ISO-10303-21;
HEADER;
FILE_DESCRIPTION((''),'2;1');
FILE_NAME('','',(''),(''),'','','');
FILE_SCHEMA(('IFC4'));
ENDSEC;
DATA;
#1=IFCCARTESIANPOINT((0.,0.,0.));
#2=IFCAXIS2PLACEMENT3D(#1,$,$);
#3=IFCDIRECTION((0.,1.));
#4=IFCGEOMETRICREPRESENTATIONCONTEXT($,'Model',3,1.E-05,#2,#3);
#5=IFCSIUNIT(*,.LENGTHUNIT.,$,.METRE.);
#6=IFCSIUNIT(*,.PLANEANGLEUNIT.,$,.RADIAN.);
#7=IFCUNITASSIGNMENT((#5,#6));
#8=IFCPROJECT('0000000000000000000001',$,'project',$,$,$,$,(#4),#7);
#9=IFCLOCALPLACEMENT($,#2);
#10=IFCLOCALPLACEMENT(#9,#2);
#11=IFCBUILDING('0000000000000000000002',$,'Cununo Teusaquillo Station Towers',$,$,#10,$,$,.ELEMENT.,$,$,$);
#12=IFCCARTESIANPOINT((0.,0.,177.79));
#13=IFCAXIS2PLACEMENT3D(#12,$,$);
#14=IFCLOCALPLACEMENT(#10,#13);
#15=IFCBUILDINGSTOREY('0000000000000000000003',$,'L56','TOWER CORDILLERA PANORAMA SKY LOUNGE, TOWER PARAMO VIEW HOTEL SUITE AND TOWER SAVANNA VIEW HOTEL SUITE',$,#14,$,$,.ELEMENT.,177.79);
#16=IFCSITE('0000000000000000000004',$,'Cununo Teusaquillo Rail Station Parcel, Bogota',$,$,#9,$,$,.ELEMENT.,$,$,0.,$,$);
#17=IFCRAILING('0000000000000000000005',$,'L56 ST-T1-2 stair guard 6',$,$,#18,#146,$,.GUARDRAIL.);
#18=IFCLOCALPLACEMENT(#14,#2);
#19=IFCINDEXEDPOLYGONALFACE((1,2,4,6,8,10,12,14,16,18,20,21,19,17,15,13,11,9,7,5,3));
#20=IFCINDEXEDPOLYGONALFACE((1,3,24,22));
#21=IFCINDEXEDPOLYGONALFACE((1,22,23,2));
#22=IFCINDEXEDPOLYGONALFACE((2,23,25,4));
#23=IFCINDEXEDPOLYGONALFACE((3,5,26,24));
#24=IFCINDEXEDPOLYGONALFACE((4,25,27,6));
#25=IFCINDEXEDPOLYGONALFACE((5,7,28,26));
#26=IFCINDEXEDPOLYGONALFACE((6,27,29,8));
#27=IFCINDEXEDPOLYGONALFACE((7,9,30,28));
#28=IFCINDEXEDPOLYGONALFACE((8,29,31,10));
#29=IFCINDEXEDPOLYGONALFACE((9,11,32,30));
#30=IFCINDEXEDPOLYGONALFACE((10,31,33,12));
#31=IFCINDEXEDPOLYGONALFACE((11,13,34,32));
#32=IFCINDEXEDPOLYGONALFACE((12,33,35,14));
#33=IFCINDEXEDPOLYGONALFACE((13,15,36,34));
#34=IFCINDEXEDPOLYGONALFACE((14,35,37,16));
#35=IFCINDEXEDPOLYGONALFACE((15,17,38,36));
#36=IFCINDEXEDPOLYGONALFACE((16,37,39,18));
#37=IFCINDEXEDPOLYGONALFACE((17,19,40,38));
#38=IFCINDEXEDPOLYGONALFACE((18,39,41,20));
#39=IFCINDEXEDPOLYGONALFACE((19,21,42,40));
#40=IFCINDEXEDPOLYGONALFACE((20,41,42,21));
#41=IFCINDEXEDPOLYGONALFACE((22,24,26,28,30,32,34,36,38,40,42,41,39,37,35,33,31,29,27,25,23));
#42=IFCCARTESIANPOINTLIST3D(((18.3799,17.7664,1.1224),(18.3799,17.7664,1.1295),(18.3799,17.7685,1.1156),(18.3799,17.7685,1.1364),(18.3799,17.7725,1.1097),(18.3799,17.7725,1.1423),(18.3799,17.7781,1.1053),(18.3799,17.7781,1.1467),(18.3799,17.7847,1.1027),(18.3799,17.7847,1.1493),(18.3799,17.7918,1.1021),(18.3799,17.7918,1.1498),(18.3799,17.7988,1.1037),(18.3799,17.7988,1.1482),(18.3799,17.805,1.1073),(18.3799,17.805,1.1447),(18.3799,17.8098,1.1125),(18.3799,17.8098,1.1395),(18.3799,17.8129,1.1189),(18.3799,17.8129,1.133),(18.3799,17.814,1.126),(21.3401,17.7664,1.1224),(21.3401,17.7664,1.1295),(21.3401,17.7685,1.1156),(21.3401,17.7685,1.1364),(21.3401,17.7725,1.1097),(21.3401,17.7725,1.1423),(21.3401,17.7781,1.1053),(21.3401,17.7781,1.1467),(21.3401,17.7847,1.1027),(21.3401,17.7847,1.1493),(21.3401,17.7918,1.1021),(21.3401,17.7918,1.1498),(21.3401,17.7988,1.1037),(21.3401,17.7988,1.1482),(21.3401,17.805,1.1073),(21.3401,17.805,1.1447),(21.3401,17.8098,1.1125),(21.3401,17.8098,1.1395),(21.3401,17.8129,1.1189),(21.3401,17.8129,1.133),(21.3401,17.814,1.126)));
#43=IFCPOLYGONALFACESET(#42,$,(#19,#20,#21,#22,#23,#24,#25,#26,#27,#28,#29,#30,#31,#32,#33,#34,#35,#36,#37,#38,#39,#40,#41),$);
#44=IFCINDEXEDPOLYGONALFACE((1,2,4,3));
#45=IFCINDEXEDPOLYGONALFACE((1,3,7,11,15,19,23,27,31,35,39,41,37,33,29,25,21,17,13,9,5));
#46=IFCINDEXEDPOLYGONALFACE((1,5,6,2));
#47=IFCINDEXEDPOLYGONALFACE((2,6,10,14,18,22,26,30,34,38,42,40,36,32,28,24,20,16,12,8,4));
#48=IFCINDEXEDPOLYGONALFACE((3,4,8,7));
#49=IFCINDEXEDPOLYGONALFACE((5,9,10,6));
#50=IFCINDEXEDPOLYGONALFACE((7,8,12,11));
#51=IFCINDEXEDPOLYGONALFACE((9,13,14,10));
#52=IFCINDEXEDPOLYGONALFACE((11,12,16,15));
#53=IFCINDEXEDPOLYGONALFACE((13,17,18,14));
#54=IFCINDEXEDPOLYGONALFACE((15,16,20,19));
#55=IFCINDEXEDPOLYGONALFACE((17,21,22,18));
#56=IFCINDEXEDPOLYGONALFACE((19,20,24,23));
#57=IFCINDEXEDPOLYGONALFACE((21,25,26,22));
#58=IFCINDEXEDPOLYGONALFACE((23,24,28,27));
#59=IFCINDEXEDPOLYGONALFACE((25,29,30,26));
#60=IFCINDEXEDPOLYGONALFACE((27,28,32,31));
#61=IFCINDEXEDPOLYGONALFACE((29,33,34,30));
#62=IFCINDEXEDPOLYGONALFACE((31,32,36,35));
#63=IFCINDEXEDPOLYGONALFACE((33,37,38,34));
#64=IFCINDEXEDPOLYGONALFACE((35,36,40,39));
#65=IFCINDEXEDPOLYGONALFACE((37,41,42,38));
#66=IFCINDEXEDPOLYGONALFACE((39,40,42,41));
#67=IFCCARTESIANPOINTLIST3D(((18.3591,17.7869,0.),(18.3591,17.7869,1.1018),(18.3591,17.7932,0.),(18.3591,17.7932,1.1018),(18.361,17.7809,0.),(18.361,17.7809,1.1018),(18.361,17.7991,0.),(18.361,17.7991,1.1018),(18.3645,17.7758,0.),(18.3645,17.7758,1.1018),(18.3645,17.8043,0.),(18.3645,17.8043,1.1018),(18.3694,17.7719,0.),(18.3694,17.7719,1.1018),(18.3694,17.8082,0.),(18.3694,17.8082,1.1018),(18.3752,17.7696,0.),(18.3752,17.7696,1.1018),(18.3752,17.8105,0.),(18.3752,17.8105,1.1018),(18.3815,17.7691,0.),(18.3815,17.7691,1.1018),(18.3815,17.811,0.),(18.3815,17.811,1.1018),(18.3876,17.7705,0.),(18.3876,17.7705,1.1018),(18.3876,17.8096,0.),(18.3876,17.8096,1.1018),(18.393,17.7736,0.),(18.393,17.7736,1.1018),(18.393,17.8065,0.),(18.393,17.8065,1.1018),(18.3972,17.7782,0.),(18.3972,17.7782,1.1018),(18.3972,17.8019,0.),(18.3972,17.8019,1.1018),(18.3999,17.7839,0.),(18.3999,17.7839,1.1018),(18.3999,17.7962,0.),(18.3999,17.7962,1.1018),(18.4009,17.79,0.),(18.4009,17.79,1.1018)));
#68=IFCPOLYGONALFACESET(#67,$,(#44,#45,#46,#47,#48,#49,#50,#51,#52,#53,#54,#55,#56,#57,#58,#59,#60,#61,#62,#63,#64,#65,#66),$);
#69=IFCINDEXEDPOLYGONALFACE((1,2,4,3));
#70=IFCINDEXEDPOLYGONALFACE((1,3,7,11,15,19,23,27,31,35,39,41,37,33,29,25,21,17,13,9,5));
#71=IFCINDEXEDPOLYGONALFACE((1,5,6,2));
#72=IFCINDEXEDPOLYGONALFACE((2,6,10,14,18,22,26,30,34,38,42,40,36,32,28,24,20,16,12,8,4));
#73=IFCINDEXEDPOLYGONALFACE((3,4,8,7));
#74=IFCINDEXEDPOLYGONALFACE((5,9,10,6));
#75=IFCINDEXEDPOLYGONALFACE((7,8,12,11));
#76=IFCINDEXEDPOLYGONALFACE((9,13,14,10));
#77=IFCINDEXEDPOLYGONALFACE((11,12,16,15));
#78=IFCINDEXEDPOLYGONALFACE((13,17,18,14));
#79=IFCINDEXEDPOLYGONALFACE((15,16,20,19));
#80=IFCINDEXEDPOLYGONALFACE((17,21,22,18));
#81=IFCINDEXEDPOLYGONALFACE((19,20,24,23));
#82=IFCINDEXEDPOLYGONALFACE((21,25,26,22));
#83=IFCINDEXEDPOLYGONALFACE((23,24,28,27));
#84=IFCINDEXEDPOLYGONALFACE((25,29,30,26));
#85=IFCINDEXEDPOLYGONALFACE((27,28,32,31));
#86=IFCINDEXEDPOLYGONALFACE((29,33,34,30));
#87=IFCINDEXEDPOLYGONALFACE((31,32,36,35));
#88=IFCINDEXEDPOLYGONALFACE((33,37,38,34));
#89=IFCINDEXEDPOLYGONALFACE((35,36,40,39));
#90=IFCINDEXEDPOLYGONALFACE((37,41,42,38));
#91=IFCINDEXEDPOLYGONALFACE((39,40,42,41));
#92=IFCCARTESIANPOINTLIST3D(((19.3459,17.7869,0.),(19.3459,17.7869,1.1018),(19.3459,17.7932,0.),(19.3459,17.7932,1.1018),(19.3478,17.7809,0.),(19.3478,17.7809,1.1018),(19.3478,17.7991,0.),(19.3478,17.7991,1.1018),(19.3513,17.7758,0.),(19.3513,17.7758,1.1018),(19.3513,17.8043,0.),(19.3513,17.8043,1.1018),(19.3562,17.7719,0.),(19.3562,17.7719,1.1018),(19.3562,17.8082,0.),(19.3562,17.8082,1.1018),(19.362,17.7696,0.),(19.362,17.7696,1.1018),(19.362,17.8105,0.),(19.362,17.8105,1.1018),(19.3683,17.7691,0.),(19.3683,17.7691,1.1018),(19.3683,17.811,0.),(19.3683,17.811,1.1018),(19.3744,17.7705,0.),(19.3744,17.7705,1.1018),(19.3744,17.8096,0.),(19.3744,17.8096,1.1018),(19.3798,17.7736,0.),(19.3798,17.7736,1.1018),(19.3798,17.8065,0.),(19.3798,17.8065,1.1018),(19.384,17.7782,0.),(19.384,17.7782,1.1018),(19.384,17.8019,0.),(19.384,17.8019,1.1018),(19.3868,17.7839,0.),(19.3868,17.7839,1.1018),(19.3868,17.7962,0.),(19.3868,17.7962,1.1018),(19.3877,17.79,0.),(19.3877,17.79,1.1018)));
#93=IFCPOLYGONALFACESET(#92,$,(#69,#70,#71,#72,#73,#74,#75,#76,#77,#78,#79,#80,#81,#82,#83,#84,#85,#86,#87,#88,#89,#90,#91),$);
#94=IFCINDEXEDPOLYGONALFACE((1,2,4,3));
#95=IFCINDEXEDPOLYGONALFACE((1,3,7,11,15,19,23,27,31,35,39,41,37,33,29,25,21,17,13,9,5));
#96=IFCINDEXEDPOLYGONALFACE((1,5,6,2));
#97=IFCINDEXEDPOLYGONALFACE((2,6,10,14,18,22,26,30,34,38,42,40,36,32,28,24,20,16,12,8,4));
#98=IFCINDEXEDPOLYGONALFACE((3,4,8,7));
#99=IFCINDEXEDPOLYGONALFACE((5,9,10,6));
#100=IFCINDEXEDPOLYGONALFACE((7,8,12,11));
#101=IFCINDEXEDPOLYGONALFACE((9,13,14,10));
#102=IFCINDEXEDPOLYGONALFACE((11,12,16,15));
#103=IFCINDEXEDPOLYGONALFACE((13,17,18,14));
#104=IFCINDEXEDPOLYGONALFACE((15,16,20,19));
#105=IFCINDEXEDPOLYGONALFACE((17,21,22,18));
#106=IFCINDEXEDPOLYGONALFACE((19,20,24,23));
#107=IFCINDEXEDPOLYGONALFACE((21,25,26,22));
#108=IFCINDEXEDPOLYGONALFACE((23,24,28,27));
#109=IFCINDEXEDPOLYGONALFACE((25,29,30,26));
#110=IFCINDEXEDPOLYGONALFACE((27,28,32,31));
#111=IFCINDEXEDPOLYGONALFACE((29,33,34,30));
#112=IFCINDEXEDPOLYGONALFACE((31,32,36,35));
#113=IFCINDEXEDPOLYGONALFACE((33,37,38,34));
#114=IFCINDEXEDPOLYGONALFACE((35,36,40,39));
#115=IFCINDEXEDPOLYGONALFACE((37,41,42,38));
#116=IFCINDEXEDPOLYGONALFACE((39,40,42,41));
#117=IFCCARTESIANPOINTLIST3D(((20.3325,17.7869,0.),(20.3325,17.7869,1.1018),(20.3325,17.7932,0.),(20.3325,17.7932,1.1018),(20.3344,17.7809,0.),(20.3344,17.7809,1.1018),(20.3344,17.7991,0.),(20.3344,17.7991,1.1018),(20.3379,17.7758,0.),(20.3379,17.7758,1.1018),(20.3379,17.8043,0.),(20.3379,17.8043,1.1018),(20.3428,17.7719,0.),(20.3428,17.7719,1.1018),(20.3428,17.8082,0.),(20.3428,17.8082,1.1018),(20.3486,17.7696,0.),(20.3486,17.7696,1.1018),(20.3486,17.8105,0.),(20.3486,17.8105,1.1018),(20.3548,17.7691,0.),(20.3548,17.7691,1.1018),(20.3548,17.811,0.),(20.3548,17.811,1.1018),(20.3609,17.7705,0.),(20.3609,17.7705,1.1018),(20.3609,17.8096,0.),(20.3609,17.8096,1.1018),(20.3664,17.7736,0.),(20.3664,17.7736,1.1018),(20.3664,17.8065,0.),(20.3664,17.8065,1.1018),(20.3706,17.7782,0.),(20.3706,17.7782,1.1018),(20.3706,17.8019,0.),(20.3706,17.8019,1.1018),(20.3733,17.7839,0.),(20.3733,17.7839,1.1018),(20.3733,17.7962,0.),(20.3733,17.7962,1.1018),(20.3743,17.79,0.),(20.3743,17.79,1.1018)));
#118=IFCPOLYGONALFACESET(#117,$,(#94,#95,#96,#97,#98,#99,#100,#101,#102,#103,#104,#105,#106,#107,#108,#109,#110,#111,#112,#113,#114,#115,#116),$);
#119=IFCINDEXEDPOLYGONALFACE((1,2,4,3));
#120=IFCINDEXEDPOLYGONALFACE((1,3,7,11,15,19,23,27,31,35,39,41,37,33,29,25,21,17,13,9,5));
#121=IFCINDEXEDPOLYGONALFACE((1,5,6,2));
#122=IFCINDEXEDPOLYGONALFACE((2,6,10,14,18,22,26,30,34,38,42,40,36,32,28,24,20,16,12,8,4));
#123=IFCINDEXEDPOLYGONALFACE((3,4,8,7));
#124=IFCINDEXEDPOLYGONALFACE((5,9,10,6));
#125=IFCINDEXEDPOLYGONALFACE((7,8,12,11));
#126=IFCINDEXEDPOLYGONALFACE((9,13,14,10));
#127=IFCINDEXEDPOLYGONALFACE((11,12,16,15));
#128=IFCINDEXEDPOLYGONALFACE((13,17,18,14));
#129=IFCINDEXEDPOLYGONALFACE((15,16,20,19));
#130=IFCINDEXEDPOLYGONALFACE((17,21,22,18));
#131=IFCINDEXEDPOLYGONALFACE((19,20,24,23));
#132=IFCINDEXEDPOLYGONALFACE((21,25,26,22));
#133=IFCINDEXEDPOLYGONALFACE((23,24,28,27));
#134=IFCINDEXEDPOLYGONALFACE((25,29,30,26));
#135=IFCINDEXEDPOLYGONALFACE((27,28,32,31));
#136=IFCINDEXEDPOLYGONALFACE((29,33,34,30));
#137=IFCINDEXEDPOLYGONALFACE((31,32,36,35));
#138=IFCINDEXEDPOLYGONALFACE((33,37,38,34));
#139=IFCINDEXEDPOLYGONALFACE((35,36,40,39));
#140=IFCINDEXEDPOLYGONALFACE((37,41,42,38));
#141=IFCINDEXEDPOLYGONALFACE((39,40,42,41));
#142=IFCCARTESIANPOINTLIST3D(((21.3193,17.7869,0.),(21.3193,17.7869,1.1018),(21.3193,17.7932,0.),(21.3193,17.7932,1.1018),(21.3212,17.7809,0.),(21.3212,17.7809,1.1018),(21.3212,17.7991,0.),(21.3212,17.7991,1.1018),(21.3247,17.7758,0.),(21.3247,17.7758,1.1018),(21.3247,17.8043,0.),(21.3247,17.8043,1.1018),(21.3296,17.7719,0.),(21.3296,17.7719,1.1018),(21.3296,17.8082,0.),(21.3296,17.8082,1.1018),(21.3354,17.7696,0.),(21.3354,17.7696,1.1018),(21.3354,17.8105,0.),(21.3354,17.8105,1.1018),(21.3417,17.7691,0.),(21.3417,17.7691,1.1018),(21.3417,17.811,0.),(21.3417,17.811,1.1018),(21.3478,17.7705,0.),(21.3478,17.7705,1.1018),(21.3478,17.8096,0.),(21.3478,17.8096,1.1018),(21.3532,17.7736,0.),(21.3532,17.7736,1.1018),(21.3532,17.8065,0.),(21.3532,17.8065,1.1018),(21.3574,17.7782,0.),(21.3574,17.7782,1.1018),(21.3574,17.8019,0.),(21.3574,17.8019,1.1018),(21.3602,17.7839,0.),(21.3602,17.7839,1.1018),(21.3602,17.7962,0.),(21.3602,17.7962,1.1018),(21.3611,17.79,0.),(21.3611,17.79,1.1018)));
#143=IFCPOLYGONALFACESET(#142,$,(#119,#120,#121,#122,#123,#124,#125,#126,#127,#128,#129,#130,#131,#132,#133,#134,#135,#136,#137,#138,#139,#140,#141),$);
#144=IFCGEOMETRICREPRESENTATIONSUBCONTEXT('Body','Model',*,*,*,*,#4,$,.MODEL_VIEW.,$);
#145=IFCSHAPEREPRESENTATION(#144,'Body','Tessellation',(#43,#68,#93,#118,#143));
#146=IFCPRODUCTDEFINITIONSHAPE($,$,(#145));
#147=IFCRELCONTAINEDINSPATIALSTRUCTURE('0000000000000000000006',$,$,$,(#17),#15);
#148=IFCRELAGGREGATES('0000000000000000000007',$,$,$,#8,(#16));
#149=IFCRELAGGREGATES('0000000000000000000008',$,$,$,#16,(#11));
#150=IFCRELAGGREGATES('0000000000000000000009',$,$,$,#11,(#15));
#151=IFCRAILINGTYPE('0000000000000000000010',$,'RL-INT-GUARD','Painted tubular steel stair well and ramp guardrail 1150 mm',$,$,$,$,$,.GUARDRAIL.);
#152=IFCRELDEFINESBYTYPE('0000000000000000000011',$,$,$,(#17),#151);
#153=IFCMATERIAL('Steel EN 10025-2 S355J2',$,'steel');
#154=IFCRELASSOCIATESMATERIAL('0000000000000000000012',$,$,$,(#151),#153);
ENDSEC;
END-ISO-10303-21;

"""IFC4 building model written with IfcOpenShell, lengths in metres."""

from ifc_helpers import new_model, si_unit, direction, frame, origin, origin_2d, place, context, subcontext, project, spatial, circle, extrude, material, type_object, element, save


model = new_model("IFC4")

# Units and contexts
model_context = context("Model", 3, precision=1e-05, world=origin(), true_north=direction((0.0, 1.0)))
body_context = subcontext(model_context, "Body", "Model", "MODEL_VIEW")
ifc_project = project(units=[si_unit("LENGTHUNIT", "METRE"), si_unit("PLANEANGLEUNIT", "RADIAN")], contexts=[model_context])

# Site, building, storey
site_placement = place(None, origin())
site = spatial("IfcSite", under=ifc_project, at=site_placement, Name="Cununo Teusaquillo Rail Station Parcel, Bogota", CompositionType="ELEMENT", RefElevation=0.0)
building_placement = place(site_placement, origin())
building = spatial("IfcBuilding", under=site, at=building_placement, Name="Cununo Teusaquillo Station Towers", CompositionType="ELEMENT")
storey_placement = place(building_placement, frame((0.0, 0.0, 177.79)))
storey = spatial("IfcBuildingStorey", under=building, at=storey_placement, Name="L56", Description="TOWER CORDILLERA PANORAMA SKY LOUNGE, TOWER PARAMO VIEW HOTEL SUITE AND TOWER SAVANNA VIEW HOTEL SUITE", CompositionType="ELEMENT", Elevation=177.79)

# Railing
ifc_material_1 = material(Name="Steel EN 10025-2 S355J2", Category="steel")
railing_type_1 = type_object("IfcRailingType", Name="RL-INT-GUARD", Description="Painted tubular steel stair well and ramp guardrail 1150 mm", PredefinedType="GUARDRAIL", material=ifc_material_1)
railing_1_placement = place(storey_placement, frame((18.3799, 17.79, 0.0)))
element("IfcRailing", 1, at=railing_1_placement, inside=storey, type_object=railing_type_1, Name="L56 ST-T1-2 stair guard 6", PredefinedType="GUARDRAIL", context=body_context, shape_type="SweptSolid", body=[
    extrude(circle(Radius=0.0239, at=origin_2d()), frame((0.0, 0.0, 1.126), z_axis=(1.0, 0.0, 0.0), x_axis=(0.0, 1.0, 0.0)), (0.0, 0.0, 1.0), 2.9602),
    extrude(circle(Radius=0.021, at=origin_2d()), origin(), (0.0, 0.0, 1.0), 1.1018),
    extrude(circle(Radius=0.021, at=origin_2d()), frame((0.9868, 0.0, 0.0)), (0.0, 0.0, 1.0), 1.1018),
    extrude(circle(Radius=0.021, at=origin_2d()), frame((1.9734, 0.0, 0.0)), (0.0, 0.0, 1.0), 1.1018),
    extrude(circle(Radius=0.021, at=origin_2d()), frame((2.9602, 0.0, 0.0)), (0.0, 0.0, 1.0), 1.1018),
])

save(model, "model.ifc")
